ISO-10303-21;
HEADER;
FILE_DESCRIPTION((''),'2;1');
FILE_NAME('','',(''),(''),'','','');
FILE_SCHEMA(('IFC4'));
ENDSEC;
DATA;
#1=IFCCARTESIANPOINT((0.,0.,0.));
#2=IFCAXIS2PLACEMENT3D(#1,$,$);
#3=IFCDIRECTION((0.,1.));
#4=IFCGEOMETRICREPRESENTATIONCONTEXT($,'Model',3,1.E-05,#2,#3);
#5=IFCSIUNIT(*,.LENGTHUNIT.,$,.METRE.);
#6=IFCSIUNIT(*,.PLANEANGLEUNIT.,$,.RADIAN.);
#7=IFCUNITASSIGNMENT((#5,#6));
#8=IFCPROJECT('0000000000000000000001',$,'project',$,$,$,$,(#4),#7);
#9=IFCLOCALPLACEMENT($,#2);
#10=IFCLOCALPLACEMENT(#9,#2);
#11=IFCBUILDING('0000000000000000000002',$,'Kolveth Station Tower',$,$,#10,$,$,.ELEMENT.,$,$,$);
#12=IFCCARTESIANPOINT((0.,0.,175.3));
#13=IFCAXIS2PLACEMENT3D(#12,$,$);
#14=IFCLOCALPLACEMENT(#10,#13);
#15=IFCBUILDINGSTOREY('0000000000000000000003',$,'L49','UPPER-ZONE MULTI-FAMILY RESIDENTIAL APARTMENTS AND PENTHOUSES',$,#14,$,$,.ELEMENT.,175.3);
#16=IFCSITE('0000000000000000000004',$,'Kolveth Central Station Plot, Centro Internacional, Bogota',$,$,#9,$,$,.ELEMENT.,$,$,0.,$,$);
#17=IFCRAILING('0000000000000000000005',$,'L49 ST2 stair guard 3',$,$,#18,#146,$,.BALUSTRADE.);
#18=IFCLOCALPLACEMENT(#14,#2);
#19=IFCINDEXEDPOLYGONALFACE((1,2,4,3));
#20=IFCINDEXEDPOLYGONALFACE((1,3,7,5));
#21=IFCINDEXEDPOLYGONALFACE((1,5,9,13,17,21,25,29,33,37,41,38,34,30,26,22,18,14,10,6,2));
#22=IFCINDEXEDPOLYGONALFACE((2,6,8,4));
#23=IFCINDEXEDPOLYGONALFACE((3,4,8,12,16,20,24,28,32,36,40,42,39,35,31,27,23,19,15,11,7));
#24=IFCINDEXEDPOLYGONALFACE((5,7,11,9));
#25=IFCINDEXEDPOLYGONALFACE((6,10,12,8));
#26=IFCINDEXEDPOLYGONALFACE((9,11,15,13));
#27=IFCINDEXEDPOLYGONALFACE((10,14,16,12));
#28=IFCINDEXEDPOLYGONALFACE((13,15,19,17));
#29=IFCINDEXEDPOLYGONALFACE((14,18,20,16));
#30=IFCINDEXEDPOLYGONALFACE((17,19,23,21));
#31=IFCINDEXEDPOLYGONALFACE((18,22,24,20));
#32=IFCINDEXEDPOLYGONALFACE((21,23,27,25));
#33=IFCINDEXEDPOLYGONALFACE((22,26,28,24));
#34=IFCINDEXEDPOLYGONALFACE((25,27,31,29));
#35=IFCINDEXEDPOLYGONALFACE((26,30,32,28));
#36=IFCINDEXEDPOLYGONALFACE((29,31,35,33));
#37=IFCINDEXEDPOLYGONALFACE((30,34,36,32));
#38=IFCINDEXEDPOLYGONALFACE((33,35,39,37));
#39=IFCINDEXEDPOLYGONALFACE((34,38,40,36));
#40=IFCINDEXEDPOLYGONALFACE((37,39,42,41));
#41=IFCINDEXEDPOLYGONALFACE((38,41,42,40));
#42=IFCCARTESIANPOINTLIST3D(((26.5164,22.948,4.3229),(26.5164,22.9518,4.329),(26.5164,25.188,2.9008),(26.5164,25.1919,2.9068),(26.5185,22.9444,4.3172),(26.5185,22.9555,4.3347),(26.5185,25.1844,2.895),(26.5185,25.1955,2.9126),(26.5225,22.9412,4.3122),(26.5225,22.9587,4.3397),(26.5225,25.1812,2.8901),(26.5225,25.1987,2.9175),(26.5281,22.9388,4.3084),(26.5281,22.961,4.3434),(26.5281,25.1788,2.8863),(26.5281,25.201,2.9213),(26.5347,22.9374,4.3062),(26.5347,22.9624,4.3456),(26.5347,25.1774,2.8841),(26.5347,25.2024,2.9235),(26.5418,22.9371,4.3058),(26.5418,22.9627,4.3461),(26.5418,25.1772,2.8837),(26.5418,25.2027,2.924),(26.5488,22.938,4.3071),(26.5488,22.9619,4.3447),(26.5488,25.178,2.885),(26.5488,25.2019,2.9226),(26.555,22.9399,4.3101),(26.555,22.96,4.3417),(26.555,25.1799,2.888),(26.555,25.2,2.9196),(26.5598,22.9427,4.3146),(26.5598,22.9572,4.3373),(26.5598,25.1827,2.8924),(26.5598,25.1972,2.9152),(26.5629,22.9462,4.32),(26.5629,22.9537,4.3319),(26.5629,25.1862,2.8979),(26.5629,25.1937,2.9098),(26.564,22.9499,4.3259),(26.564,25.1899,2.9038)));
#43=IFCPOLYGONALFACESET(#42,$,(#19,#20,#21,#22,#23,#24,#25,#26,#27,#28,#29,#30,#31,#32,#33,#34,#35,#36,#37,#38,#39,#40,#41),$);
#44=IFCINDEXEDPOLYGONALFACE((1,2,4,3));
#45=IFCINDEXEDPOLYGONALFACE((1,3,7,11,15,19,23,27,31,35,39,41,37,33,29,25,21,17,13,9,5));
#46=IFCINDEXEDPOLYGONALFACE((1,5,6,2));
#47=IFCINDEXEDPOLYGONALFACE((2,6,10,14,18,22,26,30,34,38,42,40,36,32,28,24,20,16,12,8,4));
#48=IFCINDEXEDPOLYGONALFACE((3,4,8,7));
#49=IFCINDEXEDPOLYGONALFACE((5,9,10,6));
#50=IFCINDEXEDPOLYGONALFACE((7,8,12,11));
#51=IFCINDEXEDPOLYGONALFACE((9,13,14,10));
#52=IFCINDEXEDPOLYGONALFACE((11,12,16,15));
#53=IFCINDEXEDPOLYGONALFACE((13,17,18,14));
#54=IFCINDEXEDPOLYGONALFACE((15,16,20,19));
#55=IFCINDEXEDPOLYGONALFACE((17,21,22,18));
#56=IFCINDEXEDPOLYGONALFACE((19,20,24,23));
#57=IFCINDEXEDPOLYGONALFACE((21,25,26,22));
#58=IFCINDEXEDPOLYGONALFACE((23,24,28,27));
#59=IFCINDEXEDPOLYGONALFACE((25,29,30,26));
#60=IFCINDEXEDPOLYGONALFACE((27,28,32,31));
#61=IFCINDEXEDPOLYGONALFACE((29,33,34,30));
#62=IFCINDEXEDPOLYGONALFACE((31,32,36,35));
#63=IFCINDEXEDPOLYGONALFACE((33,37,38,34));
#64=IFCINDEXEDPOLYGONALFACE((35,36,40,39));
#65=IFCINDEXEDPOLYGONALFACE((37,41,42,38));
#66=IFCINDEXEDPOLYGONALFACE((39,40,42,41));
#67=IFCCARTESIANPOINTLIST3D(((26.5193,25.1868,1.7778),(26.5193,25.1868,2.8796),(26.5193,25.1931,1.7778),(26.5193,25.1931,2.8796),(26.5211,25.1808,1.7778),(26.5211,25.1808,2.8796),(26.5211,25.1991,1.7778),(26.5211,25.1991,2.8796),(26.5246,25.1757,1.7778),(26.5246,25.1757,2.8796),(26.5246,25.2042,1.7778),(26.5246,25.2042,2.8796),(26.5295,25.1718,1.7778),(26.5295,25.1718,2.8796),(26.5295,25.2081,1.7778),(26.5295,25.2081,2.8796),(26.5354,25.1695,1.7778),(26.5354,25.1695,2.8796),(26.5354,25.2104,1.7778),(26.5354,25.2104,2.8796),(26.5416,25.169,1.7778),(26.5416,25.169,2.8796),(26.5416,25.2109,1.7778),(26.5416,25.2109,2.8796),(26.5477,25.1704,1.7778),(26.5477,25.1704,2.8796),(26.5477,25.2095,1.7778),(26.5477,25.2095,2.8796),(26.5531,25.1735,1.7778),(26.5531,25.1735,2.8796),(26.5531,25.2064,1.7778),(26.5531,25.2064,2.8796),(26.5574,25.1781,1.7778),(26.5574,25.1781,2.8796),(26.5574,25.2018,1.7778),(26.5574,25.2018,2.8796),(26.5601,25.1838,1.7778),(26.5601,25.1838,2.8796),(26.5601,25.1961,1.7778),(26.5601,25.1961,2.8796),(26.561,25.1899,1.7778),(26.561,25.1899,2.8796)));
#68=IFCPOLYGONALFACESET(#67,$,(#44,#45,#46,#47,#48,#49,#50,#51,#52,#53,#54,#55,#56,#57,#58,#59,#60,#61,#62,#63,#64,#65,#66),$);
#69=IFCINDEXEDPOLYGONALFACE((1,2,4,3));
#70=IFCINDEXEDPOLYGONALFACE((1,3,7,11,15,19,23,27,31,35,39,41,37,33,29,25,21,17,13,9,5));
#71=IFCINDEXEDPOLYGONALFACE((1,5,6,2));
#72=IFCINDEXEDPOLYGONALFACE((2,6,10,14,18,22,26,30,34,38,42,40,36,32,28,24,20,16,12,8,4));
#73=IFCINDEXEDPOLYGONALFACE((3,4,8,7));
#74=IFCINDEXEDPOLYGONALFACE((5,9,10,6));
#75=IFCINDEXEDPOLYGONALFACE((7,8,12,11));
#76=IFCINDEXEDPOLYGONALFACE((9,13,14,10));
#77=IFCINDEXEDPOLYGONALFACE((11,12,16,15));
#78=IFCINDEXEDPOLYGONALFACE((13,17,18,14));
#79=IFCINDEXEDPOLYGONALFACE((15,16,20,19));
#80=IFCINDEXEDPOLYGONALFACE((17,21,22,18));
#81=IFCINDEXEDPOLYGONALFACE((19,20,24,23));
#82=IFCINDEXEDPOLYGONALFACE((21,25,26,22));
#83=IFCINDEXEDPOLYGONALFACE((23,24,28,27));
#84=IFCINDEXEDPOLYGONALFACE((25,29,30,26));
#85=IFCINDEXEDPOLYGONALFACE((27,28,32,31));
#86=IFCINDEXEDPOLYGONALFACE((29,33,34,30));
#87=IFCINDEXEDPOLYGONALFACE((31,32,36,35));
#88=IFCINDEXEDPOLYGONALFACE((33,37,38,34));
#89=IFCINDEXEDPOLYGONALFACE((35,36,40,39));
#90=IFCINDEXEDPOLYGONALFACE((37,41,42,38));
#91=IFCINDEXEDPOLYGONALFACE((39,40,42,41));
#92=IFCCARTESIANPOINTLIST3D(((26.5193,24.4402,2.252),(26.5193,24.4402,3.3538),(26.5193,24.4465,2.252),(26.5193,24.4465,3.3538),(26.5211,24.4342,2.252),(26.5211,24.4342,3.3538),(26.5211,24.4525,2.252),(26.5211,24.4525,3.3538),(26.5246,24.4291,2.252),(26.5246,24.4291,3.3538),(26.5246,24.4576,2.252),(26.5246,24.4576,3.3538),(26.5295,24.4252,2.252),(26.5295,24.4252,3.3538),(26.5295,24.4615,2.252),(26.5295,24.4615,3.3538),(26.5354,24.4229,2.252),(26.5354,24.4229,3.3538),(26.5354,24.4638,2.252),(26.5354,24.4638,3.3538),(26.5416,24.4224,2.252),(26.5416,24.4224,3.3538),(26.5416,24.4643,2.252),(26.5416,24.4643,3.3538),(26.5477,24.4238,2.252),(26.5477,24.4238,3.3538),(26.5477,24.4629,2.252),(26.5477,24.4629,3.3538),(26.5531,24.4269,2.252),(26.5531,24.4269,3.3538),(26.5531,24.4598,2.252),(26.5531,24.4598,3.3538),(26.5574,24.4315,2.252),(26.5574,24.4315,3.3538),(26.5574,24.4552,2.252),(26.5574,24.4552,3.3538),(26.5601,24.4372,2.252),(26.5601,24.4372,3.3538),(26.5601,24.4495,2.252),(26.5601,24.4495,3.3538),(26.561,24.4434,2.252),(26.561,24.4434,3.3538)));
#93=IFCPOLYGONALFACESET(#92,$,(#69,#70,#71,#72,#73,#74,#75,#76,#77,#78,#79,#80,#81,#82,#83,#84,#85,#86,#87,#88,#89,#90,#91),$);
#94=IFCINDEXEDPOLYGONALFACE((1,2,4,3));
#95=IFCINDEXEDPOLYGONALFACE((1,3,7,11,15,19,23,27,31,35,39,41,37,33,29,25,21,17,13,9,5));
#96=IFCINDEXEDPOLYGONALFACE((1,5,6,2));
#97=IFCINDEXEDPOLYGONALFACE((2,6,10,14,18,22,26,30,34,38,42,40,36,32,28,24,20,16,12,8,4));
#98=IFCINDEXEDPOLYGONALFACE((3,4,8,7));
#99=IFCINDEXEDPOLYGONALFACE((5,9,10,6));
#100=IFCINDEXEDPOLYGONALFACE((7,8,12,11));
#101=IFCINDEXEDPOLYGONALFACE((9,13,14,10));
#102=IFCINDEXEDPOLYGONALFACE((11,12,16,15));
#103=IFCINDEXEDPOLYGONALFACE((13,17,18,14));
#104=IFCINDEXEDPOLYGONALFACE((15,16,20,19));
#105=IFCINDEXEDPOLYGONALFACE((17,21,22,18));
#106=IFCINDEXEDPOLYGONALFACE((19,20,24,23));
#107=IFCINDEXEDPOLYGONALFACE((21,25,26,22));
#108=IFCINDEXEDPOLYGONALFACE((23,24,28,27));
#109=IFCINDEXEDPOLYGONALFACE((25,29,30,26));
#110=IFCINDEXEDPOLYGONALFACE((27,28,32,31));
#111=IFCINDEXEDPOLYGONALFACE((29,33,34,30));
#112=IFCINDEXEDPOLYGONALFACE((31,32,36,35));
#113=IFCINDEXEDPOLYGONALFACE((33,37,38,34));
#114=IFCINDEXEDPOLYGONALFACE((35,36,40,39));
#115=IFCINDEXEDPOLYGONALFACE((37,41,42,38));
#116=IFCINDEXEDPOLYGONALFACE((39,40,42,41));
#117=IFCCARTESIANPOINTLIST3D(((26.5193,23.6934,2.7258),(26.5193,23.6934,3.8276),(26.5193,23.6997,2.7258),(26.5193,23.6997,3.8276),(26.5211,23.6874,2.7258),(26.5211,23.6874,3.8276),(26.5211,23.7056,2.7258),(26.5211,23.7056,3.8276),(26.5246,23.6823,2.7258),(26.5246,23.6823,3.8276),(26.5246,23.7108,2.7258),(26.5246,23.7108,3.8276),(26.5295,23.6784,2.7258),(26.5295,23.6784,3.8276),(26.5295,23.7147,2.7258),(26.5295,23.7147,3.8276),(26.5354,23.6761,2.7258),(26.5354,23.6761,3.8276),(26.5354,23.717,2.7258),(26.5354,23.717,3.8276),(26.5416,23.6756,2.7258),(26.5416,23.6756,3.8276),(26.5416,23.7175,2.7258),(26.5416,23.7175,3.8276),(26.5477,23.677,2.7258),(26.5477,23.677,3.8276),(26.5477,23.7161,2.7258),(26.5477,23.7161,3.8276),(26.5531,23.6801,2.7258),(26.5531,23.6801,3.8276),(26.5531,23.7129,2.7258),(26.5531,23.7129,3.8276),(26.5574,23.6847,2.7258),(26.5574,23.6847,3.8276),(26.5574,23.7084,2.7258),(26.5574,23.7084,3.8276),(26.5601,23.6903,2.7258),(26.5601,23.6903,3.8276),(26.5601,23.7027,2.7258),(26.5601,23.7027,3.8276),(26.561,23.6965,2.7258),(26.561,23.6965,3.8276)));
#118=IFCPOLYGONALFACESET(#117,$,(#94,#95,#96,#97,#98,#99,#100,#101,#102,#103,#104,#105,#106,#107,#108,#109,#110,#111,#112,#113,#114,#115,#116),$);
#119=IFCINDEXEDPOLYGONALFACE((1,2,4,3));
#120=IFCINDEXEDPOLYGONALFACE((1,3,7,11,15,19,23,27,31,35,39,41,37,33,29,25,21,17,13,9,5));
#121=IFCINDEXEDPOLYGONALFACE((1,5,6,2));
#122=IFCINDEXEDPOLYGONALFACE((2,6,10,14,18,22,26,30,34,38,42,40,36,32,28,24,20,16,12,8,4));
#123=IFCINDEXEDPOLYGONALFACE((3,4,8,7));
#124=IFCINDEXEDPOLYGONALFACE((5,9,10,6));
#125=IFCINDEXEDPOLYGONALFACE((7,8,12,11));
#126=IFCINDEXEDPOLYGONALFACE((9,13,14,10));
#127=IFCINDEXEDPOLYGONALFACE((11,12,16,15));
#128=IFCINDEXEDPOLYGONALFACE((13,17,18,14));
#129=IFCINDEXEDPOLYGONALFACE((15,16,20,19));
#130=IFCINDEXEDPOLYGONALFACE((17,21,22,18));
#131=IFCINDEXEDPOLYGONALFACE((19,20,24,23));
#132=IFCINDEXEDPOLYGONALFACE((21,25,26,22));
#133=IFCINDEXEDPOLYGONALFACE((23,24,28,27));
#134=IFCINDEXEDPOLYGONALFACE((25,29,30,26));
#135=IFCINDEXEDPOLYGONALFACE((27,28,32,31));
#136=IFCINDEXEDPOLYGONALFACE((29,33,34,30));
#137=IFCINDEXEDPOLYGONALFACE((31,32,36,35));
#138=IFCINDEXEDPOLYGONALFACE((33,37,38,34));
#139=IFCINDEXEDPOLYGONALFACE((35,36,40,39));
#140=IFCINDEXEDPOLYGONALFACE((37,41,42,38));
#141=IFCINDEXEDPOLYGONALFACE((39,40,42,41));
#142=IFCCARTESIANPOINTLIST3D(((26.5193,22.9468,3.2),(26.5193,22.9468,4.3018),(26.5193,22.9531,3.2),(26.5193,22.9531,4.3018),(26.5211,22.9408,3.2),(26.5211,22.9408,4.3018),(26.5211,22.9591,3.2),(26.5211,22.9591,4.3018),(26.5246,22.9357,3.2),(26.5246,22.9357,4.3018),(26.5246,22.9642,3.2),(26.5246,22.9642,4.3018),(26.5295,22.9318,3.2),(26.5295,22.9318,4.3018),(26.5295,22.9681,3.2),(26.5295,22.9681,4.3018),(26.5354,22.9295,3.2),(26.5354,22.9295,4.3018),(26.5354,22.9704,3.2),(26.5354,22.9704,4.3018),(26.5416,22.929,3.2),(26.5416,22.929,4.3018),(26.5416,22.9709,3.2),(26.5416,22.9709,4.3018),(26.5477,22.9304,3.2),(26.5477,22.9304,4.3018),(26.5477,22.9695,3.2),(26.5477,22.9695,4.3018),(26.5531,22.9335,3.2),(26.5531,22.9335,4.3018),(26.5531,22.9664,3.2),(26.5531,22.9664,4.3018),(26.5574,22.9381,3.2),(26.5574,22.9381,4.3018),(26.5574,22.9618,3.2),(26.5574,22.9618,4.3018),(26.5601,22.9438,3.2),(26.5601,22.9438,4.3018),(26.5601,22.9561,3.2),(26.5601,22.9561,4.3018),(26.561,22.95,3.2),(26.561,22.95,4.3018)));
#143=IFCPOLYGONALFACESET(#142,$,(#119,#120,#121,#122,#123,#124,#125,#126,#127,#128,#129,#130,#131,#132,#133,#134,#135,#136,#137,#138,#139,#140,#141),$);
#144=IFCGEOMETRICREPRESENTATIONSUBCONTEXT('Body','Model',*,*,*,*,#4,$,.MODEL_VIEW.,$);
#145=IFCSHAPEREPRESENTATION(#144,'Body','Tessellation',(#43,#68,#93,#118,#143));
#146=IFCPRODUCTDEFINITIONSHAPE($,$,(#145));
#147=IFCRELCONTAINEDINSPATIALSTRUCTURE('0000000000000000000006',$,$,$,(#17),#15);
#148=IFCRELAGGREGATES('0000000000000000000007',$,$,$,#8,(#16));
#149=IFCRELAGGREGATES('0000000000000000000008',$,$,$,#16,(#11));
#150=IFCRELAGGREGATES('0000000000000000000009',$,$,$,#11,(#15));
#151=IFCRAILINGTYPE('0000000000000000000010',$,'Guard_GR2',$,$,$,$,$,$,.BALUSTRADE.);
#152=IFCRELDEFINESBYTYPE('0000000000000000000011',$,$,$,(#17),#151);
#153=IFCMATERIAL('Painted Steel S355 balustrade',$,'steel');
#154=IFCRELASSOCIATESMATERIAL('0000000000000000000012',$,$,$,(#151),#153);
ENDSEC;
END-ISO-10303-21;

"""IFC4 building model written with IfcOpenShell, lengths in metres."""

from ifc_helpers import new_model, si_unit, direction, frame, origin, origin_2d, place, context, subcontext, project, spatial, circle, extrude, material, type_object, element, save


model = new_model("IFC4")

# Units and contexts
model_context = context("Model", 3, precision=1e-05, world=origin(), true_north=direction((0.0, 1.0)))
body_context = subcontext(model_context, "Body", "Model", "MODEL_VIEW")
ifc_project = project(units=[si_unit("LENGTHUNIT", "METRE"), si_unit("PLANEANGLEUNIT", "RADIAN")], contexts=[model_context])

# Site, building, storey
site_placement = place(None, origin())
site = spatial("IfcSite", under=ifc_project, at=site_placement, Name="Kolveth Central Station Plot, Centro Internacional, Bogota", CompositionType="ELEMENT", RefElevation=0.0)
building_placement = place(site_placement, origin())
building = spatial("IfcBuilding", under=site, at=building_placement, Name="Kolveth Station Tower", CompositionType="ELEMENT")
storey_placement = place(building_placement, frame((0.0, 0.0, 175.3)))
storey = spatial("IfcBuildingStorey", under=building, at=storey_placement, Name="L49", Description="UPPER-ZONE MULTI-FAMILY RESIDENTIAL APARTMENTS AND PENTHOUSES", CompositionType="ELEMENT", Elevation=175.3)

# Railing
ifc_material_1 = material(Name="Painted Steel S355 balustrade", Category="steel")
railing_type_1 = type_object("IfcRailingType", Name="Guard_GR2", PredefinedType="BALUSTRADE", material=ifc_material_1)
railing_1_placement = place(storey_placement, frame((26.54, 25.1899, 1.7778)))
element("IfcRailing", 1, at=railing_1_placement, inside=storey, type_object=railing_type_1, Name="L49 ST2 stair guard 3", PredefinedType="BALUSTRADE", context=body_context, shape_type="SweptSolid", body=[
    extrude(circle(Radius=0.0239, at=origin_2d()), frame((0.0, 0.0, 1.126), z_axis=(0.0, -0.844229, 0.535982), x_axis=(1.0, 0.0, 0.0)), (0.0, 0.0, 1.0), 2.6533),
    extrude(circle(Radius=0.021, at=origin_2d()), origin(), (0.0, 0.0, 1.0), 1.1018),
    extrude(circle(Radius=0.021, at=origin_2d()), frame((0.0, -0.7466, 0.4741)), (0.0, 0.0, 1.0), 1.1018),
    extrude(circle(Radius=0.021, at=origin_2d()), frame((0.0, -1.4934, 0.948)), (0.0, 0.0, 1.0), 1.1018),
    extrude(circle(Radius=0.021, at=origin_2d()), frame((0.0, -2.24, 1.4221)), (0.0, 0.0, 1.0), 1.1018),
])

save(model, "model.ifc")
